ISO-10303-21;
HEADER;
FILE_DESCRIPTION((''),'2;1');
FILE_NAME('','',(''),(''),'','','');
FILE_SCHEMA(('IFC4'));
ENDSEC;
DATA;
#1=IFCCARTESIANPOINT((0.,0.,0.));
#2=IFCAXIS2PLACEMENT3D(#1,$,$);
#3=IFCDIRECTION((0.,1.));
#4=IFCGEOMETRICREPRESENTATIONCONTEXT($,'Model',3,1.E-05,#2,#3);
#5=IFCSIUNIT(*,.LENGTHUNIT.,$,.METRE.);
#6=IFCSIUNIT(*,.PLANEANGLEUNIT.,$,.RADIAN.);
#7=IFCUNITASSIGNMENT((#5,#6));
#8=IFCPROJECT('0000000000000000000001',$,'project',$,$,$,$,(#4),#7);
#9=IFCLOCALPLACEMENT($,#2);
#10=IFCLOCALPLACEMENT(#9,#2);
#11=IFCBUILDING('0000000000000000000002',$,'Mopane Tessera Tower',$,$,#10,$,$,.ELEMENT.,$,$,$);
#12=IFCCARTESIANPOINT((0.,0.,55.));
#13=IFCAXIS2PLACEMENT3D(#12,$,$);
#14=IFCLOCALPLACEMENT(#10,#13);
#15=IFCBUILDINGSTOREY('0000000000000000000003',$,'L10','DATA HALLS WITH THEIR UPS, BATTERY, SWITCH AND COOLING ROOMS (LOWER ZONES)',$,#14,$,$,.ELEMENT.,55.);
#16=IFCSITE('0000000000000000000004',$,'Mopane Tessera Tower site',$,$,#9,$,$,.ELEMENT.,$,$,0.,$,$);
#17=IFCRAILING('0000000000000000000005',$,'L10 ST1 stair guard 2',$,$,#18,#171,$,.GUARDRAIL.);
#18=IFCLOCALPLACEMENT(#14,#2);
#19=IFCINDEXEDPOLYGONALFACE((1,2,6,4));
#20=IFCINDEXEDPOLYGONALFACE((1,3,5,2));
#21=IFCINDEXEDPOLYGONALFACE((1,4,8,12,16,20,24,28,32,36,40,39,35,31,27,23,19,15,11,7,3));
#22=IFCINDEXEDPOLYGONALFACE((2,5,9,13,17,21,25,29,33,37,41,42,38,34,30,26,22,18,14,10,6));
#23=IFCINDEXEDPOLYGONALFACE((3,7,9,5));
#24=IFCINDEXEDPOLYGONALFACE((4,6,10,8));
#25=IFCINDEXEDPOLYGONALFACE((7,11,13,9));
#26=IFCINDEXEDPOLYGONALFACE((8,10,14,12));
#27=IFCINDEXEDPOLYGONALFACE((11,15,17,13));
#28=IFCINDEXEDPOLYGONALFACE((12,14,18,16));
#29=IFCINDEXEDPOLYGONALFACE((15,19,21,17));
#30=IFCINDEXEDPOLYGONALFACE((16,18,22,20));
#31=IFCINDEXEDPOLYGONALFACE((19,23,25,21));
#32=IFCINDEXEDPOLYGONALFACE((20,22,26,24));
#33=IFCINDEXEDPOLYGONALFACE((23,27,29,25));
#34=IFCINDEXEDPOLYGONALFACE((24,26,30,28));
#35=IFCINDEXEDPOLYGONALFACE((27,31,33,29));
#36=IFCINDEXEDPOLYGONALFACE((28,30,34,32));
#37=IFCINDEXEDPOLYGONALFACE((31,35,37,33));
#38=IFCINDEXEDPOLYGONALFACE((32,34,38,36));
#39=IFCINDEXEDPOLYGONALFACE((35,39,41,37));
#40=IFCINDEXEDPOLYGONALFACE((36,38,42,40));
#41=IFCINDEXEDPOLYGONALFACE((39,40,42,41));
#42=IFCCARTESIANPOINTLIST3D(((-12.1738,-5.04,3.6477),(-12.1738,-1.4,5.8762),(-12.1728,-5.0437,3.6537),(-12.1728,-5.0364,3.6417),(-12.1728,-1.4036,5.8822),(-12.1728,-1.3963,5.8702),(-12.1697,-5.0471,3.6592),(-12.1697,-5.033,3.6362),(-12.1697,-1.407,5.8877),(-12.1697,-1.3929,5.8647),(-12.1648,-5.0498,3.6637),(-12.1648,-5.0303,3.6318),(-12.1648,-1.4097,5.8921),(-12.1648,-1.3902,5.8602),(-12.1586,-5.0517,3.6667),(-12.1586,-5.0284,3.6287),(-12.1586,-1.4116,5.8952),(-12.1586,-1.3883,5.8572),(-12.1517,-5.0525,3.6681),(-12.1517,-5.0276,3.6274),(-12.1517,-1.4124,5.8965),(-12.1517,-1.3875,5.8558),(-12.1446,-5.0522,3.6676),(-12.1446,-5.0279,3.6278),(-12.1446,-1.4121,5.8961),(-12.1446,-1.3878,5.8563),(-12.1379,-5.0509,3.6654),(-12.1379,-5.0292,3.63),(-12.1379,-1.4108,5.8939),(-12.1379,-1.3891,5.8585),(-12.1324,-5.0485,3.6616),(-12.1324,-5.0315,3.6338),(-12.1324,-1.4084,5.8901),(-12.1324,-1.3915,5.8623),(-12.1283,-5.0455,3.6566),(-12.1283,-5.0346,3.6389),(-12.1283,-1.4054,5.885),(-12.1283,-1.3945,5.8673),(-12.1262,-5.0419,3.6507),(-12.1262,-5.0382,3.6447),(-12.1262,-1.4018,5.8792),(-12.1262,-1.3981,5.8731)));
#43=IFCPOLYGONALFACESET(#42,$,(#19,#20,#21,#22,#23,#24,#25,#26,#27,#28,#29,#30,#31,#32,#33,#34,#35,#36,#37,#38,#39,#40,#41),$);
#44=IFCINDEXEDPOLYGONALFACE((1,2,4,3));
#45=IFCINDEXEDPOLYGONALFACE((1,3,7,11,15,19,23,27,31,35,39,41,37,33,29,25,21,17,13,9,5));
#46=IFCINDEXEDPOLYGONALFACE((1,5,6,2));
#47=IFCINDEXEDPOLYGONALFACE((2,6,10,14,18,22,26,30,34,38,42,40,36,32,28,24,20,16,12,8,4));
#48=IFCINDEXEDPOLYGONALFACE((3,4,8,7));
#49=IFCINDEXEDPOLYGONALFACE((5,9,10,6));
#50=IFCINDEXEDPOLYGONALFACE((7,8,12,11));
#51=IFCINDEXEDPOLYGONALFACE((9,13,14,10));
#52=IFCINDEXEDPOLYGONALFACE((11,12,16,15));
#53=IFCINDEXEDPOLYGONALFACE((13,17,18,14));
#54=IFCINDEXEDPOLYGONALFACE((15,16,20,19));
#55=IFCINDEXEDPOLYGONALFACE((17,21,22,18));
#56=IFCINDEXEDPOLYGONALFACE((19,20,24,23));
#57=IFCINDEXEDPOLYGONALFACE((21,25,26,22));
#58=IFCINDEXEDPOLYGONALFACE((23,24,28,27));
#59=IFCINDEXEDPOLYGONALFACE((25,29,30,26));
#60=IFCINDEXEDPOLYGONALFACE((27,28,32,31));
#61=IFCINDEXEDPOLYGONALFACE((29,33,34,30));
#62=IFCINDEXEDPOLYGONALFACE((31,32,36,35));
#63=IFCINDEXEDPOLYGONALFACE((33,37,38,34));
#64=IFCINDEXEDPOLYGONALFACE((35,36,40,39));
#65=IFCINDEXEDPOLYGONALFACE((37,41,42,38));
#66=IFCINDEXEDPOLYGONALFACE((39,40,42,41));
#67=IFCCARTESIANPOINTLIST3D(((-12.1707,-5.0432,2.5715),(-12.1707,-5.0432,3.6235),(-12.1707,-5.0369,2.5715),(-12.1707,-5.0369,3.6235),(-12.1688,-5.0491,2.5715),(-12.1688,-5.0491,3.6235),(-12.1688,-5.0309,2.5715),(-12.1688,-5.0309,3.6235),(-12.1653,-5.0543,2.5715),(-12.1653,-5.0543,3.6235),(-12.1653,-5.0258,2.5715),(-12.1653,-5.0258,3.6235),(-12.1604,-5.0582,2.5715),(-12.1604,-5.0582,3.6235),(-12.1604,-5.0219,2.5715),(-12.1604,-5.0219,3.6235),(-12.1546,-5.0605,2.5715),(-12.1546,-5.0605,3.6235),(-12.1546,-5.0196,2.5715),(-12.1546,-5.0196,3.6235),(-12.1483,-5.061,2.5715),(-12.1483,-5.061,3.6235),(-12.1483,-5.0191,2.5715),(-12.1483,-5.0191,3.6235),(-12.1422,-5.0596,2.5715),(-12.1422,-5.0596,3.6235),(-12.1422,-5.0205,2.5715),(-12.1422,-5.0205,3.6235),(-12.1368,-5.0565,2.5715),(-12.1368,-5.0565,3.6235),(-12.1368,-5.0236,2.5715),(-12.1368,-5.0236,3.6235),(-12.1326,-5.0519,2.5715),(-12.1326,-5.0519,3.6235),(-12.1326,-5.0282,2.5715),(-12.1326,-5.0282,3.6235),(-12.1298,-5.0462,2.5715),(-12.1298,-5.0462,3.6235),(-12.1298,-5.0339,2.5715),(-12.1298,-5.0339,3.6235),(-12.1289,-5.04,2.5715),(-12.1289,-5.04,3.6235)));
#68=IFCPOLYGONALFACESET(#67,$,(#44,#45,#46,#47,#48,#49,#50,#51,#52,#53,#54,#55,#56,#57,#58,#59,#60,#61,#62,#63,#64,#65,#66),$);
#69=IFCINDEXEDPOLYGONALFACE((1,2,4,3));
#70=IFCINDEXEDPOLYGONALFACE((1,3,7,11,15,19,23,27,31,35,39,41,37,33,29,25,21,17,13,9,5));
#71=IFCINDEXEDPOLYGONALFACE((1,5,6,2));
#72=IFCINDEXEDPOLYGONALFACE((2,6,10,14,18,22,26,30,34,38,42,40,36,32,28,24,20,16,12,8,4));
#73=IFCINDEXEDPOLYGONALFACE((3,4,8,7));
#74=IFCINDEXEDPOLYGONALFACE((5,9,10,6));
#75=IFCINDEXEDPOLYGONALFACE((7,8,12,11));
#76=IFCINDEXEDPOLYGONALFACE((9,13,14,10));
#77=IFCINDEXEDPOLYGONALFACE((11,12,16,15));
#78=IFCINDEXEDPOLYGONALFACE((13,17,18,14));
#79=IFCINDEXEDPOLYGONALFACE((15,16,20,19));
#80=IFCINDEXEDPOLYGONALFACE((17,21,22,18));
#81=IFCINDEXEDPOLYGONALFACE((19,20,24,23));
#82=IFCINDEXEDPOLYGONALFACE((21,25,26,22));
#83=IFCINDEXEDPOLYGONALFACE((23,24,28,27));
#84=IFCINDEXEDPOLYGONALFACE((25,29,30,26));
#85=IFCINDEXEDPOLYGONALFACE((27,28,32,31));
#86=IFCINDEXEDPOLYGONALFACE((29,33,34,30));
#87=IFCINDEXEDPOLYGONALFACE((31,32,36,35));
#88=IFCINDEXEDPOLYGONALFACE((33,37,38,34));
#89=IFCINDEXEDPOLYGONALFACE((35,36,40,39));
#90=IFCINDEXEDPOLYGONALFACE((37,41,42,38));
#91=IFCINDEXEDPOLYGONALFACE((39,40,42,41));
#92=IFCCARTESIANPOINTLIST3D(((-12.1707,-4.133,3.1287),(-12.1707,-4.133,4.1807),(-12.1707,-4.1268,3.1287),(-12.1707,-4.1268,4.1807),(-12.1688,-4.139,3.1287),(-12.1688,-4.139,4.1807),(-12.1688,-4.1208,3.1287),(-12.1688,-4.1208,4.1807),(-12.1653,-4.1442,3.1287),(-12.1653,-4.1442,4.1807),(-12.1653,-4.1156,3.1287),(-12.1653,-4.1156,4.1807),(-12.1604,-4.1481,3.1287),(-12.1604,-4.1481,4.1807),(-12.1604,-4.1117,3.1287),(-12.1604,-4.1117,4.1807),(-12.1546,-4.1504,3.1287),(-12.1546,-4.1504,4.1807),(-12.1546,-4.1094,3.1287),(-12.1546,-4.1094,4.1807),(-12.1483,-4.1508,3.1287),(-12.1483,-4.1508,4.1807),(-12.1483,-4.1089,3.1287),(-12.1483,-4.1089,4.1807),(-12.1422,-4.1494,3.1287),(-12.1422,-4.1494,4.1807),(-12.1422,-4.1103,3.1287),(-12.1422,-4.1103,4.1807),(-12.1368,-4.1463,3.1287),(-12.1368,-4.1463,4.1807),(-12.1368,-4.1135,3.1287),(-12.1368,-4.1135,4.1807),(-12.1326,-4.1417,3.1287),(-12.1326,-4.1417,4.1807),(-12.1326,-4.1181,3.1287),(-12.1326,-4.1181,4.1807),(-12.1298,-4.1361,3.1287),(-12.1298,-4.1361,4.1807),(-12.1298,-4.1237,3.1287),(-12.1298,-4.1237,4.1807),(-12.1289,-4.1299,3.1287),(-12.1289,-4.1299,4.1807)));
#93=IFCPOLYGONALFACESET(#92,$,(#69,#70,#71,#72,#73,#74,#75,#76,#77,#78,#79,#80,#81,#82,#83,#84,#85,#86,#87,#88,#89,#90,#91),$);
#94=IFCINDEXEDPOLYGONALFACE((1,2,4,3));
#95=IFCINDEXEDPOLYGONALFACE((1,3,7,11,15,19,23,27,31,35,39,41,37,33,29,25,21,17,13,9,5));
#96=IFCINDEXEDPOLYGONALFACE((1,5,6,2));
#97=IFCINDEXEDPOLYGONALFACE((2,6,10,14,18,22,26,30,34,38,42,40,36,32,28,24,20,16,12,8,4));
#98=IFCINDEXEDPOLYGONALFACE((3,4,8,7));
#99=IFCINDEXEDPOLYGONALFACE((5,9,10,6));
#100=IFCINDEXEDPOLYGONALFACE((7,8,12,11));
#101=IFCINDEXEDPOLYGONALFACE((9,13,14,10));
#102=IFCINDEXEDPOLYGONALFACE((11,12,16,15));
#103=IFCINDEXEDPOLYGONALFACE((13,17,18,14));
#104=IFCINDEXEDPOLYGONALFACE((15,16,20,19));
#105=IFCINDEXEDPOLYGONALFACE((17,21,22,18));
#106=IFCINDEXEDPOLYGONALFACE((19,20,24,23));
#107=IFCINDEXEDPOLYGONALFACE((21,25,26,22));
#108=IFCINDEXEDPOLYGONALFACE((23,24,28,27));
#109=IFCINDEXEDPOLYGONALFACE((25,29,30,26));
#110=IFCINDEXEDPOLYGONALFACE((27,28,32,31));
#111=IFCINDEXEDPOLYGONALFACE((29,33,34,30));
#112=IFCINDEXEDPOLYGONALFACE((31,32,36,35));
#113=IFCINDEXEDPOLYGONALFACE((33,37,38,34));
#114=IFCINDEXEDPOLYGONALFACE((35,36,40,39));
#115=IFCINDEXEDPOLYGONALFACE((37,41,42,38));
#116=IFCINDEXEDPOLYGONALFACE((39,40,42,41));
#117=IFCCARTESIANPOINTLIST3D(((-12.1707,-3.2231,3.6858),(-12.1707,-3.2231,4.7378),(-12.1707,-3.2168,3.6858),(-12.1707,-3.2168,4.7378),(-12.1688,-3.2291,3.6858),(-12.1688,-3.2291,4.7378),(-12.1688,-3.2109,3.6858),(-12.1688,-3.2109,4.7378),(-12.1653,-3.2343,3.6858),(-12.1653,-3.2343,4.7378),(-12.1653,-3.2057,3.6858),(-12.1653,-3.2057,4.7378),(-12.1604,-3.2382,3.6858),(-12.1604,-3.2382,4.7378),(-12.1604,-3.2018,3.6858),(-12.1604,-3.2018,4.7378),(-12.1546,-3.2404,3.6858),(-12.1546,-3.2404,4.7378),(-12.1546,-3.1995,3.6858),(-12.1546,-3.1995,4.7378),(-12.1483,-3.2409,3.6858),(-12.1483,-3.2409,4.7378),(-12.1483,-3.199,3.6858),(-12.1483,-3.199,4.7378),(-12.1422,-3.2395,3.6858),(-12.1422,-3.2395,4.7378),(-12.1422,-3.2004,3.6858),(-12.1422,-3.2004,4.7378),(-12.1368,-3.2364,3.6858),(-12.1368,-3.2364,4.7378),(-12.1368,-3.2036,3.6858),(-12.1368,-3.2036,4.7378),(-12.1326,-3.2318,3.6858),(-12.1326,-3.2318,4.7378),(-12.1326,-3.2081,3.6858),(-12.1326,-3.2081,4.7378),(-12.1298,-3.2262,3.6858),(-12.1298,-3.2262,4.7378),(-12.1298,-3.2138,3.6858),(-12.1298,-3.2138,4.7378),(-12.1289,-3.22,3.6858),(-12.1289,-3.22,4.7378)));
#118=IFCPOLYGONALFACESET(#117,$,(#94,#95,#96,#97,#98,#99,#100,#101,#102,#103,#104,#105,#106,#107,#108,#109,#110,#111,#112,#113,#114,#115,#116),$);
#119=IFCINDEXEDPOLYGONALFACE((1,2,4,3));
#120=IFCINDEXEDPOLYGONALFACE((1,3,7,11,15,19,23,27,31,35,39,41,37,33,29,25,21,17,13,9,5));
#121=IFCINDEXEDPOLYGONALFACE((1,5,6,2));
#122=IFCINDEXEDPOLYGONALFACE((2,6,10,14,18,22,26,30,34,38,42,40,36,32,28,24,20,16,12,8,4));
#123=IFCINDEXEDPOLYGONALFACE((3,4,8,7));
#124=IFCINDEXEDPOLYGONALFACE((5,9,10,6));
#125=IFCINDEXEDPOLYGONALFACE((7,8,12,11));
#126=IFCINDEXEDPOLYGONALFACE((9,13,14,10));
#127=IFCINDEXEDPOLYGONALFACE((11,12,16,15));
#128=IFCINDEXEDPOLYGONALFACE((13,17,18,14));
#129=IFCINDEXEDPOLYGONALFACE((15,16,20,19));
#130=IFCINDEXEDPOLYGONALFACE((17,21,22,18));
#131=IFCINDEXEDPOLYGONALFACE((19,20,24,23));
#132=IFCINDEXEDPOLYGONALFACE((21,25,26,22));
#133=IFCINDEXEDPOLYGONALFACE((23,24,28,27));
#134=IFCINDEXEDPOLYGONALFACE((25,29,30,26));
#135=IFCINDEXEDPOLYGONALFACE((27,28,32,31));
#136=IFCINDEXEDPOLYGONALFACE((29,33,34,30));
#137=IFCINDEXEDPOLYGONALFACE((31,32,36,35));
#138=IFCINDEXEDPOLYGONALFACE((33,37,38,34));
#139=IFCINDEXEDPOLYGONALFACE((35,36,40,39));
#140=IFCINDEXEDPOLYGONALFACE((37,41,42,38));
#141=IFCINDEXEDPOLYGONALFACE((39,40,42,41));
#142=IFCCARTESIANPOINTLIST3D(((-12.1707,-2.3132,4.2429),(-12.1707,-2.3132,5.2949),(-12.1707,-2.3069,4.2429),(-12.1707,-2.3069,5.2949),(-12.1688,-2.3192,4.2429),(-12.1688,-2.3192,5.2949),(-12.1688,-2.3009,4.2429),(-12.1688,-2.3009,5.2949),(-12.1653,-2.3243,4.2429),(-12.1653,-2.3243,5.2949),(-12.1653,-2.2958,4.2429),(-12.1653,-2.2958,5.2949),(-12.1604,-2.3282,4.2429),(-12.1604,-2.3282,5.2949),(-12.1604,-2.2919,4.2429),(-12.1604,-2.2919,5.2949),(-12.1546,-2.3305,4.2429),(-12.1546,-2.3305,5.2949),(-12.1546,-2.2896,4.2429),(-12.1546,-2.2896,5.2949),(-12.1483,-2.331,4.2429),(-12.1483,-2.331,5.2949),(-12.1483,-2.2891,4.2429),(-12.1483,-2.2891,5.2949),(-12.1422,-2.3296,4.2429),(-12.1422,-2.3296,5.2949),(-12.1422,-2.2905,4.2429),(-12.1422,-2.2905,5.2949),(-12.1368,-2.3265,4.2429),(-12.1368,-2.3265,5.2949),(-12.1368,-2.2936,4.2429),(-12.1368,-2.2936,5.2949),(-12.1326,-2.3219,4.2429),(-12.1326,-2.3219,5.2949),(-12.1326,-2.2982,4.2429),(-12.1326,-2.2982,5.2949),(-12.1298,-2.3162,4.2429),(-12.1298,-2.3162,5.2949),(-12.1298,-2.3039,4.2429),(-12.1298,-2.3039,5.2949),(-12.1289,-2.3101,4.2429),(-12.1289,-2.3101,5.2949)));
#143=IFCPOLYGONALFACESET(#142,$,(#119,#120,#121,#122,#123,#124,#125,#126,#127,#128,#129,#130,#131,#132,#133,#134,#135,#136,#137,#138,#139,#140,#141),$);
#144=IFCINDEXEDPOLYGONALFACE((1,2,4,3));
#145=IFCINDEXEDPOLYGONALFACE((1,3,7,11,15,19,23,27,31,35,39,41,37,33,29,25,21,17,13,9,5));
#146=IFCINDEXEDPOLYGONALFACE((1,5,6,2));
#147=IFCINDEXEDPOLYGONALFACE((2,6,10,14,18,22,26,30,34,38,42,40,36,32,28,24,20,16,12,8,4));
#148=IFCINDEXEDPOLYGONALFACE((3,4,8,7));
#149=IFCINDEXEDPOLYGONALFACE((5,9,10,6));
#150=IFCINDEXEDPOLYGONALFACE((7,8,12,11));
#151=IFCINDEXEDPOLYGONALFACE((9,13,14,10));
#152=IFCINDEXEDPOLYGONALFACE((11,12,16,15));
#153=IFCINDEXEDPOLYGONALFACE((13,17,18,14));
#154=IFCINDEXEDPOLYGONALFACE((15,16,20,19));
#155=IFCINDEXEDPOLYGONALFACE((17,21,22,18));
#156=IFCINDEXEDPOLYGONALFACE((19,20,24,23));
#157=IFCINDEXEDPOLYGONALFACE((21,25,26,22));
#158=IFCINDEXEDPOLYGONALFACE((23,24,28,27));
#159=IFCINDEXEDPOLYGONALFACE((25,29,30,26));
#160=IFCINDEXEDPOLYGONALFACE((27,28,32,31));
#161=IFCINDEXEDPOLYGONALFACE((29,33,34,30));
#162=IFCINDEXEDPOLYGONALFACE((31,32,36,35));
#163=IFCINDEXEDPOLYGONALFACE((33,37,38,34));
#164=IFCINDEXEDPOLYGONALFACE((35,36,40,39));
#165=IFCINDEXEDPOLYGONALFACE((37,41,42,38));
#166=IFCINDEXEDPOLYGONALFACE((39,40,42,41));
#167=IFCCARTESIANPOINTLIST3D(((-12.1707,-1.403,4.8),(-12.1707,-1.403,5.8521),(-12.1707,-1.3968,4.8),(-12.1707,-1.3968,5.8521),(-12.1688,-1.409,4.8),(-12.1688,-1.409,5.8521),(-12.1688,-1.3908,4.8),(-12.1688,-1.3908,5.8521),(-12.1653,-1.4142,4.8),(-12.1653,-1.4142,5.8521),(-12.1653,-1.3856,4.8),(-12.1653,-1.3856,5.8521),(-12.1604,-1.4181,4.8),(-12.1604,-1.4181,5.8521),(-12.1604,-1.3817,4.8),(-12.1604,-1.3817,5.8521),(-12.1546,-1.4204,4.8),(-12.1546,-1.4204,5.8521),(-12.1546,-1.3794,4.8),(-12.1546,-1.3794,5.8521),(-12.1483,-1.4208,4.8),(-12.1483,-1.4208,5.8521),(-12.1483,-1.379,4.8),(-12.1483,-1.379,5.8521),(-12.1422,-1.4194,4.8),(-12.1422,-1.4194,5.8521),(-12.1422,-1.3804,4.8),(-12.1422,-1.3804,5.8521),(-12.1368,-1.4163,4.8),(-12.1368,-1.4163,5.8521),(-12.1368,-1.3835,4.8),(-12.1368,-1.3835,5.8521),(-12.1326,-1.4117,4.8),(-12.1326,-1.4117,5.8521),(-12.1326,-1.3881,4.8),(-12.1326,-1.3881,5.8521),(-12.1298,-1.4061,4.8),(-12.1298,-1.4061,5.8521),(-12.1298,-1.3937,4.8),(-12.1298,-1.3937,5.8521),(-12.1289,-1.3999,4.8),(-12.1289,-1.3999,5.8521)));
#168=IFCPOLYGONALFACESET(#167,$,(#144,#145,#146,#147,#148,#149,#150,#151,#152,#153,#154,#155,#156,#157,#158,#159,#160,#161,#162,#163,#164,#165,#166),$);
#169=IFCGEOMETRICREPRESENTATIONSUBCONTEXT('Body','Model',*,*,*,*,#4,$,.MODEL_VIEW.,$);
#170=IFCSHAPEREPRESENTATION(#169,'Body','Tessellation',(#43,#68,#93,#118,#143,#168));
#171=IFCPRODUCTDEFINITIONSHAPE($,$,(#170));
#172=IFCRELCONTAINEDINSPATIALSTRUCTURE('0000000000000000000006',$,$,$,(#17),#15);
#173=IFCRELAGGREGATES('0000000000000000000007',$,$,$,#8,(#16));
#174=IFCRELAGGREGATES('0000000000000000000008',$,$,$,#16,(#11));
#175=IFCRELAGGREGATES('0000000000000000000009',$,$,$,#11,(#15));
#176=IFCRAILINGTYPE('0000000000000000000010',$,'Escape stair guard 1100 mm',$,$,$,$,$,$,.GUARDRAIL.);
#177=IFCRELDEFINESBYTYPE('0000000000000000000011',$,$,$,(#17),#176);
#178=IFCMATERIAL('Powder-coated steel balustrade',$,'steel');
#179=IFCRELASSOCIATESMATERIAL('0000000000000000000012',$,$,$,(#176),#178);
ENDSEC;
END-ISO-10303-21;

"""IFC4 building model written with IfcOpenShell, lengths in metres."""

from ifc_helpers import new_model, si_unit, direction, frame, origin, origin_2d, place, context, subcontext, project, spatial, circle, extrude, material, type_object, element, save


model = new_model("IFC4")

# Units and contexts
model_context = context("Model", 3, precision=1e-05, world=origin(), true_north=direction((0.0, 1.0)))
body_context = subcontext(model_context, "Body", "Model", "MODEL_VIEW")
ifc_project = project(units=[si_unit("LENGTHUNIT", "METRE"), si_unit("PLANEANGLEUNIT", "RADIAN")], contexts=[model_context])

# Site, building, storey
site_placement = place(None, origin())
site = spatial("IfcSite", under=ifc_project, at=site_placement, Name="Mopane Tessera Tower site", CompositionType="ELEMENT", RefElevation=0.0)
building_placement = place(site_placement, origin())
building = spatial("IfcBuilding", under=site, at=building_placement, Name="Mopane Tessera Tower", CompositionType="ELEMENT")
storey_placement = place(building_placement, frame((0.0, 0.0, 55.0)))
storey = spatial("IfcBuildingStorey", under=building, at=storey_placement, Name="L10", Description="DATA HALLS WITH THEIR UPS, BATTERY, SWITCH AND COOLING ROOMS (LOWER ZONES)", CompositionType="ELEMENT", Elevation=55.0)

# Railing
ifc_material_1 = material(Name="Powder-coated steel balustrade", Category="steel")
railing_type_1 = type_object("IfcRailingType", Name="Escape stair guard 1100 mm", PredefinedType="GUARDRAIL", material=ifc_material_1)
railing_1_placement = place(storey_placement, frame((-12.1499, -5.04, 2.5715)))
element("IfcRailing", 1, at=railing_1_placement, inside=storey, type_object=railing_type_1, Name="L10 ST1 stair guard 2", PredefinedType="GUARDRAIL", context=body_context, shape_type="SweptSolid", body=[
    extrude(circle(Radius=0.0239, at=origin_2d()), frame((0.0, 0.0, 1.0762), z_axis=(0.0, 0.852866, 0.52213), x_axis=(-1.0, 0.0, 0.0)), (0.0, 0.0, 1.0), 4.2681),
    extrude(circle(Radius=0.021, at=origin_2d()), origin(), (0.0, 0.0, 1.0), 1.052),
    extrude(circle(Radius=0.021, at=origin_2d()), frame((0.0, 0.9102, 0.5571)), (0.0, 0.0, 1.0), 1.052),
    extrude(circle(Radius=0.021, at=origin_2d()), frame((0.0, 1.8201, 1.1143)), (0.0, 0.0, 1.0), 1.052),
    extrude(circle(Radius=0.021, at=origin_2d()), frame((0.0, 2.73, 1.6714)), (0.0, 0.0, 1.0), 1.052),
    extrude(circle(Radius=0.021, at=origin_2d()), frame((0.0, 3.6401, 2.2285)), (0.0, 0.0, 1.0), 1.052),
])

save(model, "model.ifc")
